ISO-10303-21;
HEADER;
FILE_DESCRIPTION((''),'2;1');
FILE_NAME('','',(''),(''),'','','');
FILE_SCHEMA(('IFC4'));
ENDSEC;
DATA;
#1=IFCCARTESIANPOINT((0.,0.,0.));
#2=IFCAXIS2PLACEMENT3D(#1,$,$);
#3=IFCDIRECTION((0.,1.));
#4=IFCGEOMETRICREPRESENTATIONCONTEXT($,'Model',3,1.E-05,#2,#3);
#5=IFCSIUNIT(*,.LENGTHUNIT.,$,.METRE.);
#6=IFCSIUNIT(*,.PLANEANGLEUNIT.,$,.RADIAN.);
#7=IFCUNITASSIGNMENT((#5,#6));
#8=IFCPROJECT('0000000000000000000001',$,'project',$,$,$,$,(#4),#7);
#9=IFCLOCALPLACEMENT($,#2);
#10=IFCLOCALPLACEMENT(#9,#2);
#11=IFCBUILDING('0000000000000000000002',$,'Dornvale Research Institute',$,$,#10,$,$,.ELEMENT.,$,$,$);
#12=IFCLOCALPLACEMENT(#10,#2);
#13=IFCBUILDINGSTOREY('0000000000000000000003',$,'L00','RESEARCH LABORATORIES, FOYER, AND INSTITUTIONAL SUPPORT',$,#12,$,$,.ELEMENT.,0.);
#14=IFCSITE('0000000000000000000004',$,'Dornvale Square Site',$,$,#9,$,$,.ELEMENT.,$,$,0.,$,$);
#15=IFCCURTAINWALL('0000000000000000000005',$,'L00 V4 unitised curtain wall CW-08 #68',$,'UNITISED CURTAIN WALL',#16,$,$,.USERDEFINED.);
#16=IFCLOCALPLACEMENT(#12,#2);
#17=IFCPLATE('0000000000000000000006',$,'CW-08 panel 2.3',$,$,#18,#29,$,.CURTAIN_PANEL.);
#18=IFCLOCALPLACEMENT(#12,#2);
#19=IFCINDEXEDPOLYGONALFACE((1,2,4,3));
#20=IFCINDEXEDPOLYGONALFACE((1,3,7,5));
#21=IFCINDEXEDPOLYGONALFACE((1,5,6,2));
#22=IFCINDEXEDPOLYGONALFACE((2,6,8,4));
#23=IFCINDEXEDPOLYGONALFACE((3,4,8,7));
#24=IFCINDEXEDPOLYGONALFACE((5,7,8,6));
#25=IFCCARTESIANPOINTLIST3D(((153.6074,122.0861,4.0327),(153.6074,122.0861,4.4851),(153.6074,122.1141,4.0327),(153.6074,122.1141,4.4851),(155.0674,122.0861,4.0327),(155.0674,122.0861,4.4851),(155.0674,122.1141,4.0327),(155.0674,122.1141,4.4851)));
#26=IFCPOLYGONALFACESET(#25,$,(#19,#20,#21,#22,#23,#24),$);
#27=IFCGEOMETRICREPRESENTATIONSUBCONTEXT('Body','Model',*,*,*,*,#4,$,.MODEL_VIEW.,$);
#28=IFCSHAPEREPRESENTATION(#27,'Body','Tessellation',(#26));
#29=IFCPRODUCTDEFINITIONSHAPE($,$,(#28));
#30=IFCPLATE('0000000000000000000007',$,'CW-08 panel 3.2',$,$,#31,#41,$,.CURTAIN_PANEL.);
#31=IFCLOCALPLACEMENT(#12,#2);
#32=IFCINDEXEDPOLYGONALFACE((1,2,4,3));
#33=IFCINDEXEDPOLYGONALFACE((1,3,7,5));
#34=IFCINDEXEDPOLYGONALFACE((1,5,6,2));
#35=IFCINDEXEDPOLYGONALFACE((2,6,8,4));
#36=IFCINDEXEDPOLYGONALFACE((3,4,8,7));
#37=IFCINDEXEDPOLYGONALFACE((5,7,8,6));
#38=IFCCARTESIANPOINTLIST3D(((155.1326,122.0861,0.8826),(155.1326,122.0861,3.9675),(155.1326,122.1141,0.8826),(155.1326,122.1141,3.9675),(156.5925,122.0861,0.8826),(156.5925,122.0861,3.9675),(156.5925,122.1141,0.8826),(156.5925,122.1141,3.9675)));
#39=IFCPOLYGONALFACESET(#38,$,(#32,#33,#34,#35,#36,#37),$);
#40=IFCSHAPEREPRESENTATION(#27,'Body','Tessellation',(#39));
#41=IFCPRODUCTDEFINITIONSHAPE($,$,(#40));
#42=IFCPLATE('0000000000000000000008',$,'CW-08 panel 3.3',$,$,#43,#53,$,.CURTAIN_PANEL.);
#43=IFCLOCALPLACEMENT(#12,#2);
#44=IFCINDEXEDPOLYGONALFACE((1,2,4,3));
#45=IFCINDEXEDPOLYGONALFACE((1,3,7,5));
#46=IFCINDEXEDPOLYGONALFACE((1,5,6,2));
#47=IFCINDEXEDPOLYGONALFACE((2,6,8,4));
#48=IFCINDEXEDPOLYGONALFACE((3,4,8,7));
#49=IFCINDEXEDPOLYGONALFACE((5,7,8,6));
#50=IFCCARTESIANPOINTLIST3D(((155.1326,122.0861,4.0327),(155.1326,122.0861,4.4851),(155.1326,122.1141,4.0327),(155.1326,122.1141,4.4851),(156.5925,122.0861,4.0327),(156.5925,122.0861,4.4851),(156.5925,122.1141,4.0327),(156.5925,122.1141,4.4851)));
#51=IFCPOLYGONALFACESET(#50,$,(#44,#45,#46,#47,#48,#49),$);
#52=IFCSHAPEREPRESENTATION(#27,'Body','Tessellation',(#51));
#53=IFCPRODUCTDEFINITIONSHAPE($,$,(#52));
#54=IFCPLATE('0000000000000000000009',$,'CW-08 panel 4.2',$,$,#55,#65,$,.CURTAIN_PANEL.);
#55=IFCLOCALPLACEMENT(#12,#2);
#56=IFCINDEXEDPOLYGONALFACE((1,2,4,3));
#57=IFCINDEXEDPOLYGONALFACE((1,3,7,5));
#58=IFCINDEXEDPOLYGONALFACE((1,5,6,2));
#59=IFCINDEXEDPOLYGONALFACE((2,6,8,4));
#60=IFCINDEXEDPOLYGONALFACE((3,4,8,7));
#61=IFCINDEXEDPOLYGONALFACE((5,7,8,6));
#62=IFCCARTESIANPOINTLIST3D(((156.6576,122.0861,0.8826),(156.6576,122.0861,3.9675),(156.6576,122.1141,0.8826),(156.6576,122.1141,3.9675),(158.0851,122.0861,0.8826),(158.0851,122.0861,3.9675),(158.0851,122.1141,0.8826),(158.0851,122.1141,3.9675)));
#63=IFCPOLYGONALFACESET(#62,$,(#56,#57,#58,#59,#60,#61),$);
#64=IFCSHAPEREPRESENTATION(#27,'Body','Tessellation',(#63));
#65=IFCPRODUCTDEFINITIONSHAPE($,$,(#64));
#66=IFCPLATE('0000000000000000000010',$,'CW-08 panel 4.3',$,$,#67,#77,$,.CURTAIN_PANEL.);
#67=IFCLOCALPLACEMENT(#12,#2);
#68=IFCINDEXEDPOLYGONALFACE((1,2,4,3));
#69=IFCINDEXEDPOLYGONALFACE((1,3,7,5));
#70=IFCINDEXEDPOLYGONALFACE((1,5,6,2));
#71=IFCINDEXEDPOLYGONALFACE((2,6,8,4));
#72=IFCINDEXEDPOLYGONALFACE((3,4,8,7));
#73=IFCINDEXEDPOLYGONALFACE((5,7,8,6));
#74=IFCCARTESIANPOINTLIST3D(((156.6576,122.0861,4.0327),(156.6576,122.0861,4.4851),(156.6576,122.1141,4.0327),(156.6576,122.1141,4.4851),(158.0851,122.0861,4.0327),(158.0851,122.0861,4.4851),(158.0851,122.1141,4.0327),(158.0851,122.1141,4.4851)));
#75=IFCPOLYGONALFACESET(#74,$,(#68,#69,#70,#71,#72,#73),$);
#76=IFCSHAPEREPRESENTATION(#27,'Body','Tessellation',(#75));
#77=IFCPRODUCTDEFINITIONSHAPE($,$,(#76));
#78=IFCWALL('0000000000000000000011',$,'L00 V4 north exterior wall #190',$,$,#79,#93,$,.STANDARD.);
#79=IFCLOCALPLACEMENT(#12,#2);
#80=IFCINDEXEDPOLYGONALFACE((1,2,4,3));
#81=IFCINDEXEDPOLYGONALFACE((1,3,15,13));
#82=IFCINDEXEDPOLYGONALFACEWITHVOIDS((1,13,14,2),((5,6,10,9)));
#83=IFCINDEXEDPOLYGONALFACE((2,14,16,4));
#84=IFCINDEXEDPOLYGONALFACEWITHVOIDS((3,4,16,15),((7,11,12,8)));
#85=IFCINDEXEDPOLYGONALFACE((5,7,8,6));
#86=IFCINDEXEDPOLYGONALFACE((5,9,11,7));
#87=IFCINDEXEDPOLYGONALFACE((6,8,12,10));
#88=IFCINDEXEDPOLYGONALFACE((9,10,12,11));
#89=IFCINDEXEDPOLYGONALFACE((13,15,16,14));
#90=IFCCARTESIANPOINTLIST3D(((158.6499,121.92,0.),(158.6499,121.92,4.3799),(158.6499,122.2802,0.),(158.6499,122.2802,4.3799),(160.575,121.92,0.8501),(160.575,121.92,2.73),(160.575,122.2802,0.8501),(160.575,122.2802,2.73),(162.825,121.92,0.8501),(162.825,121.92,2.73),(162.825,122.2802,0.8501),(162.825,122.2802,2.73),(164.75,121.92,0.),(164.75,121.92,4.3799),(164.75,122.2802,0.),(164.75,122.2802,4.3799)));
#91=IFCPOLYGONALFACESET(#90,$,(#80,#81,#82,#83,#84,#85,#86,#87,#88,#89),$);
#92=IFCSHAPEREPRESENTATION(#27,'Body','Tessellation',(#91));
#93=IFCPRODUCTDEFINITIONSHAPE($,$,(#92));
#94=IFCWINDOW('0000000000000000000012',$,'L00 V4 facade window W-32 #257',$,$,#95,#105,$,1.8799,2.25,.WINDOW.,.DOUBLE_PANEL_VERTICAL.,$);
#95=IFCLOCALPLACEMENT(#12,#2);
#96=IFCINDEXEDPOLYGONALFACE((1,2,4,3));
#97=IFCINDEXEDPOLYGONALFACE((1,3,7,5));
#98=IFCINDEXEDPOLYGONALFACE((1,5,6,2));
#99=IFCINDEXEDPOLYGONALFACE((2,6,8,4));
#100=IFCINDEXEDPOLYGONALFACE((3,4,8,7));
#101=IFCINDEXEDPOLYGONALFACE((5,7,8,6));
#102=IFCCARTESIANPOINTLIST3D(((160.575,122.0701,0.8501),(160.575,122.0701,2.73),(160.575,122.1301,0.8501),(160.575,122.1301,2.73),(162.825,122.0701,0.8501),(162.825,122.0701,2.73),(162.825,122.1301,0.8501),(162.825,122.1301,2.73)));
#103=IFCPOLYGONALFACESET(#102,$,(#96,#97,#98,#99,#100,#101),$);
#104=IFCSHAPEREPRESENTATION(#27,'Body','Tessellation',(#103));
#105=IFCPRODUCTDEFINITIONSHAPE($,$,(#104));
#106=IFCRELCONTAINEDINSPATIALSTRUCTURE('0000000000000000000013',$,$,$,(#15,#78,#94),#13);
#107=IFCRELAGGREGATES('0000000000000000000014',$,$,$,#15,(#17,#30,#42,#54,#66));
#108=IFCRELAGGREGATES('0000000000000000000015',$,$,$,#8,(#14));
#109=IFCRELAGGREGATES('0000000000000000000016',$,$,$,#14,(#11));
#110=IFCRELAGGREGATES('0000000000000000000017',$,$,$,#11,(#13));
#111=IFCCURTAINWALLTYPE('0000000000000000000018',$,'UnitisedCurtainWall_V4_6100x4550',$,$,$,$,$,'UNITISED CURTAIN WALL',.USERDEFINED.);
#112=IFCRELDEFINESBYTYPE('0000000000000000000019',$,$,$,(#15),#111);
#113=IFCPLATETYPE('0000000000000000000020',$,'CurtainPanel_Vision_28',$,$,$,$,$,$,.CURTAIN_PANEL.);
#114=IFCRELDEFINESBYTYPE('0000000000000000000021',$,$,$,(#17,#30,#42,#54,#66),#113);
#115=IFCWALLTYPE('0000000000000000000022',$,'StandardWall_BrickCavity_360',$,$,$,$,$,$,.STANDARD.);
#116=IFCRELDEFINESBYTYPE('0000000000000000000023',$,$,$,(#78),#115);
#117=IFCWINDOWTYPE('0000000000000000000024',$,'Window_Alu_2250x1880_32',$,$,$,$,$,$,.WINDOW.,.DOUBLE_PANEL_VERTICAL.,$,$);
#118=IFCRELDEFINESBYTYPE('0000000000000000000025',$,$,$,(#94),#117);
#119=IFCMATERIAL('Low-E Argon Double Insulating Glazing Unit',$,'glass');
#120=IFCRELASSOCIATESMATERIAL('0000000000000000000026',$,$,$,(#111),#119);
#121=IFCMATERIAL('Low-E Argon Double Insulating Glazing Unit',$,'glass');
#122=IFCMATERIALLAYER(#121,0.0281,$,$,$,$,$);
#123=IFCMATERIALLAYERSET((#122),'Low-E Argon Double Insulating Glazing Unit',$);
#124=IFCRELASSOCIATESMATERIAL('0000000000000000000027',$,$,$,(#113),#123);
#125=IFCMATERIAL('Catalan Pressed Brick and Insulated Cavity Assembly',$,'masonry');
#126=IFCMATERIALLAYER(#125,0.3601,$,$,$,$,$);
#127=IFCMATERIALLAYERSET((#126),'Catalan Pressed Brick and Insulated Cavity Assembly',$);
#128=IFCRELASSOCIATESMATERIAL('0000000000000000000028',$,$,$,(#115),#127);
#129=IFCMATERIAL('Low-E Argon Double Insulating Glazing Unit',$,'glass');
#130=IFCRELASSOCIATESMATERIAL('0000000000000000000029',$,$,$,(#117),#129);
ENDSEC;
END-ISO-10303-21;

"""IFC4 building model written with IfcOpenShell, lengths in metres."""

from ifc_helpers import new_model, si_unit, direction, frame, frame_2d, origin, origin_2d, place, context, subcontext, project, spatial, rectangle, extrude, material, layer, layer_set, type_object, element, fill, aggregate, save


model = new_model("IFC4")

# Units and contexts
model_context = context("Model", 3, precision=1e-05, world=origin(), true_north=direction((0.0, 1.0)))
body_context = subcontext(model_context, "Body", "Model", "MODEL_VIEW")
ifc_project = project(units=[si_unit("LENGTHUNIT", "METRE"), si_unit("PLANEANGLEUNIT", "RADIAN")], contexts=[model_context])

# Site, building, storey
site_placement = place(None, origin())
site = spatial("IfcSite", under=ifc_project, at=site_placement, Name="Dornvale Square Site", CompositionType="ELEMENT", RefElevation=0.0)
building_placement = place(site_placement, origin())
building = spatial("IfcBuilding", under=site, at=building_placement, Name="Dornvale Research Institute", CompositionType="ELEMENT")
storey_placement = place(building_placement, origin())
storey = spatial("IfcBuildingStorey", under=building, at=storey_placement, Name="L00", Description="RESEARCH LABORATORIES, FOYER, AND INSTITUTIONAL SUPPORT", CompositionType="ELEMENT", Elevation=0.0)

# Curtain wall, plates
ifc_material_1 = material(Name="Low-E Argon Double Insulating Glazing Unit", Category="glass")
curtain_wall_type = type_object("IfcCurtainWallType", Name="UnitisedCurtainWall_V4_6100x4550", ElementType="UNITISED CURTAIN WALL", PredefinedType="USERDEFINED", material=ifc_material_1)
curtain_wall_placement = place(storey_placement, origin())
curtain_wall = element("IfcCurtainWall", 1, at=curtain_wall_placement, inside=storey, type_object=curtain_wall_type, Name="L00 V4 unitised curtain wall CW-08 #68", ObjectType="UNITISED CURTAIN WALL", PredefinedType="USERDEFINED")
ifc_material_2 = material(Name="Low-E Argon Double Insulating Glazing Unit", Category="glass")
ifc_layer_1 = layer(ifc_material_2, 0.0281)
ifc_layer_set_1 = layer_set([ifc_layer_1], Name="Low-E Argon Double Insulating Glazing Unit")
plate_type_1 = type_object("IfcPlateType", Name="CurtainPanel_Vision_28", PredefinedType="CURTAIN_PANEL", material=ifc_layer_set_1)
plate_1_placement = place(storey_placement, frame((154.3374, 122.1001, 4.0327), z_axis=(0.0, 0.0, 1.0), x_axis=(1.0, 0.0, 0.0)))
plate_1 = element("IfcPlate", 2, at=plate_1_placement, type_object=plate_type_1, Name="CW-08 panel 2.3", PredefinedType="CURTAIN_PANEL", context=body_context, shape_type="SweptSolid", body=[
    extrude(rectangle(XDim=1.46, YDim=0.0281, at=origin_2d()), origin(), (0.0, 0.0, 1.0), 0.4524),
])
plate_2_placement = place(storey_placement, frame((155.8625, 122.1001, 0.8826), z_axis=(0.0, 0.0, 1.0), x_axis=(1.0, 0.0, 0.0)))
plate_2 = element("IfcPlate", 3, at=plate_2_placement, type_object=plate_type_1, Name="CW-08 panel 3.2", PredefinedType="CURTAIN_PANEL", context=body_context, shape_type="SweptSolid", body=[
    extrude(rectangle(XDim=1.46, YDim=0.0281, at=origin_2d()), origin(), (0.0, 0.0, 1.0), 3.085),
])
plate_3_placement = place(storey_placement, frame((155.8625, 122.1001, 4.0327), z_axis=(0.0, 0.0, 1.0), x_axis=(1.0, 0.0, 0.0)))
plate_3 = element("IfcPlate", 4, at=plate_3_placement, type_object=plate_type_1, Name="CW-08 panel 3.3", PredefinedType="CURTAIN_PANEL", context=body_context, shape_type="SweptSolid", body=[
    extrude(rectangle(XDim=1.46, YDim=0.0281, at=origin_2d()), origin(), (0.0, 0.0, 1.0), 0.4524),
])
plate_4_placement = place(storey_placement, frame((157.3713, 122.1001, 0.8826), z_axis=(0.0, 0.0, 1.0), x_axis=(1.0, 0.0, 0.0)))
plate_4 = element("IfcPlate", 5, at=plate_4_placement, type_object=plate_type_1, Name="CW-08 panel 4.2", PredefinedType="CURTAIN_PANEL", context=body_context, shape_type="SweptSolid", body=[
    extrude(rectangle(XDim=1.4275, YDim=0.0281, at=origin_2d()), origin(), (0.0, 0.0, 1.0), 3.085),
])
plate_5_placement = place(storey_placement, frame((157.3713, 122.1001, 4.0327), z_axis=(0.0, 0.0, 1.0), x_axis=(1.0, 0.0, 0.0)))
plate_5 = element("IfcPlate", 6, at=plate_5_placement, type_object=plate_type_1, Name="CW-08 panel 4.3", PredefinedType="CURTAIN_PANEL", context=body_context, shape_type="SweptSolid", body=[
    extrude(rectangle(XDim=1.4275, YDim=0.0281, at=origin_2d()), origin(), (0.0, 0.0, 1.0), 0.4524),
])
aggregate(curtain_wall, [plate_1, plate_2, plate_3, plate_4, plate_5])

# Wall, opening, window
ifc_material_3 = material(Name="Catalan Pressed Brick and Insulated Cavity Assembly", Category="masonry")
ifc_layer_2 = layer(ifc_material_3, 0.3601)
ifc_layer_set_2 = layer_set([ifc_layer_2], Name="Catalan Pressed Brick and Insulated Cavity Assembly")
wall_type = type_object("IfcWallType", Name="StandardWall_BrickCavity_360", PredefinedType="STANDARD", material=ifc_layer_set_2)
wall_placement = place(storey_placement, frame((158.6499, 122.1001, 0.0), z_axis=(0.0, 0.0, 1.0), x_axis=(1.0, 0.0, 0.0)))
wall = element("IfcWall", 7, at=wall_placement, inside=storey, type_object=wall_type, Name="L00 V4 north exterior wall #190", PredefinedType="STANDARD", context=body_context, shape_type="SweptSolid", body=[
    extrude(rectangle(XDim=6.1001, YDim=0.3601, at=frame_2d((3.05, 0.0))), origin(), (0.0, 0.0, 1.0), 4.3799),
])
opening_placement = place(wall_placement, frame((1.925, 0.0, 0.8501)))
opening = element("IfcOpeningElement", 8, at=opening_placement, cuts=wall, PredefinedType="OPENING", context=body_context, shape_type="SweptSolid", body=[
    extrude(rectangle(XDim=2.25, YDim=1.8799, at=frame_2d((1.125, 0.9399))), frame((0.0, 0.1951, 0.0), z_axis=(0.0, -1.0, 0.0), x_axis=(1.0, 0.0, 0.0)), (0.0, 0.0, 1.0), 0.3901),
])
ifc_material_4 = material(Name="Low-E Argon Double Insulating Glazing Unit", Category="glass")
window_type = type_object("IfcWindowType", Name="Window_Alu_2250x1880_32", PartitioningType="DOUBLE_PANEL_VERTICAL", PredefinedType="WINDOW", material=ifc_material_4)
window_placement = place(opening_placement, origin())
window = element("IfcWindow", 9, at=window_placement, inside=storey, type_object=window_type, Name="L00 V4 facade window W-32 #257", OverallHeight=1.8799, OverallWidth=2.25, PartitioningType="DOUBLE_PANEL_VERTICAL", PredefinedType="WINDOW", context=body_context, shape_type="SweptSolid", body=[
    extrude(rectangle(XDim=2.25, YDim=1.8799, at=frame_2d((1.125, 0.9399))), frame((0.0, 0.03, 0.0), z_axis=(0.0, -1.0, 0.0), x_axis=(1.0, 0.0, 0.0)), (0.0, 0.0, 1.0), 0.0601),
])
fill(opening, window)

save(model, "model.ifc")
